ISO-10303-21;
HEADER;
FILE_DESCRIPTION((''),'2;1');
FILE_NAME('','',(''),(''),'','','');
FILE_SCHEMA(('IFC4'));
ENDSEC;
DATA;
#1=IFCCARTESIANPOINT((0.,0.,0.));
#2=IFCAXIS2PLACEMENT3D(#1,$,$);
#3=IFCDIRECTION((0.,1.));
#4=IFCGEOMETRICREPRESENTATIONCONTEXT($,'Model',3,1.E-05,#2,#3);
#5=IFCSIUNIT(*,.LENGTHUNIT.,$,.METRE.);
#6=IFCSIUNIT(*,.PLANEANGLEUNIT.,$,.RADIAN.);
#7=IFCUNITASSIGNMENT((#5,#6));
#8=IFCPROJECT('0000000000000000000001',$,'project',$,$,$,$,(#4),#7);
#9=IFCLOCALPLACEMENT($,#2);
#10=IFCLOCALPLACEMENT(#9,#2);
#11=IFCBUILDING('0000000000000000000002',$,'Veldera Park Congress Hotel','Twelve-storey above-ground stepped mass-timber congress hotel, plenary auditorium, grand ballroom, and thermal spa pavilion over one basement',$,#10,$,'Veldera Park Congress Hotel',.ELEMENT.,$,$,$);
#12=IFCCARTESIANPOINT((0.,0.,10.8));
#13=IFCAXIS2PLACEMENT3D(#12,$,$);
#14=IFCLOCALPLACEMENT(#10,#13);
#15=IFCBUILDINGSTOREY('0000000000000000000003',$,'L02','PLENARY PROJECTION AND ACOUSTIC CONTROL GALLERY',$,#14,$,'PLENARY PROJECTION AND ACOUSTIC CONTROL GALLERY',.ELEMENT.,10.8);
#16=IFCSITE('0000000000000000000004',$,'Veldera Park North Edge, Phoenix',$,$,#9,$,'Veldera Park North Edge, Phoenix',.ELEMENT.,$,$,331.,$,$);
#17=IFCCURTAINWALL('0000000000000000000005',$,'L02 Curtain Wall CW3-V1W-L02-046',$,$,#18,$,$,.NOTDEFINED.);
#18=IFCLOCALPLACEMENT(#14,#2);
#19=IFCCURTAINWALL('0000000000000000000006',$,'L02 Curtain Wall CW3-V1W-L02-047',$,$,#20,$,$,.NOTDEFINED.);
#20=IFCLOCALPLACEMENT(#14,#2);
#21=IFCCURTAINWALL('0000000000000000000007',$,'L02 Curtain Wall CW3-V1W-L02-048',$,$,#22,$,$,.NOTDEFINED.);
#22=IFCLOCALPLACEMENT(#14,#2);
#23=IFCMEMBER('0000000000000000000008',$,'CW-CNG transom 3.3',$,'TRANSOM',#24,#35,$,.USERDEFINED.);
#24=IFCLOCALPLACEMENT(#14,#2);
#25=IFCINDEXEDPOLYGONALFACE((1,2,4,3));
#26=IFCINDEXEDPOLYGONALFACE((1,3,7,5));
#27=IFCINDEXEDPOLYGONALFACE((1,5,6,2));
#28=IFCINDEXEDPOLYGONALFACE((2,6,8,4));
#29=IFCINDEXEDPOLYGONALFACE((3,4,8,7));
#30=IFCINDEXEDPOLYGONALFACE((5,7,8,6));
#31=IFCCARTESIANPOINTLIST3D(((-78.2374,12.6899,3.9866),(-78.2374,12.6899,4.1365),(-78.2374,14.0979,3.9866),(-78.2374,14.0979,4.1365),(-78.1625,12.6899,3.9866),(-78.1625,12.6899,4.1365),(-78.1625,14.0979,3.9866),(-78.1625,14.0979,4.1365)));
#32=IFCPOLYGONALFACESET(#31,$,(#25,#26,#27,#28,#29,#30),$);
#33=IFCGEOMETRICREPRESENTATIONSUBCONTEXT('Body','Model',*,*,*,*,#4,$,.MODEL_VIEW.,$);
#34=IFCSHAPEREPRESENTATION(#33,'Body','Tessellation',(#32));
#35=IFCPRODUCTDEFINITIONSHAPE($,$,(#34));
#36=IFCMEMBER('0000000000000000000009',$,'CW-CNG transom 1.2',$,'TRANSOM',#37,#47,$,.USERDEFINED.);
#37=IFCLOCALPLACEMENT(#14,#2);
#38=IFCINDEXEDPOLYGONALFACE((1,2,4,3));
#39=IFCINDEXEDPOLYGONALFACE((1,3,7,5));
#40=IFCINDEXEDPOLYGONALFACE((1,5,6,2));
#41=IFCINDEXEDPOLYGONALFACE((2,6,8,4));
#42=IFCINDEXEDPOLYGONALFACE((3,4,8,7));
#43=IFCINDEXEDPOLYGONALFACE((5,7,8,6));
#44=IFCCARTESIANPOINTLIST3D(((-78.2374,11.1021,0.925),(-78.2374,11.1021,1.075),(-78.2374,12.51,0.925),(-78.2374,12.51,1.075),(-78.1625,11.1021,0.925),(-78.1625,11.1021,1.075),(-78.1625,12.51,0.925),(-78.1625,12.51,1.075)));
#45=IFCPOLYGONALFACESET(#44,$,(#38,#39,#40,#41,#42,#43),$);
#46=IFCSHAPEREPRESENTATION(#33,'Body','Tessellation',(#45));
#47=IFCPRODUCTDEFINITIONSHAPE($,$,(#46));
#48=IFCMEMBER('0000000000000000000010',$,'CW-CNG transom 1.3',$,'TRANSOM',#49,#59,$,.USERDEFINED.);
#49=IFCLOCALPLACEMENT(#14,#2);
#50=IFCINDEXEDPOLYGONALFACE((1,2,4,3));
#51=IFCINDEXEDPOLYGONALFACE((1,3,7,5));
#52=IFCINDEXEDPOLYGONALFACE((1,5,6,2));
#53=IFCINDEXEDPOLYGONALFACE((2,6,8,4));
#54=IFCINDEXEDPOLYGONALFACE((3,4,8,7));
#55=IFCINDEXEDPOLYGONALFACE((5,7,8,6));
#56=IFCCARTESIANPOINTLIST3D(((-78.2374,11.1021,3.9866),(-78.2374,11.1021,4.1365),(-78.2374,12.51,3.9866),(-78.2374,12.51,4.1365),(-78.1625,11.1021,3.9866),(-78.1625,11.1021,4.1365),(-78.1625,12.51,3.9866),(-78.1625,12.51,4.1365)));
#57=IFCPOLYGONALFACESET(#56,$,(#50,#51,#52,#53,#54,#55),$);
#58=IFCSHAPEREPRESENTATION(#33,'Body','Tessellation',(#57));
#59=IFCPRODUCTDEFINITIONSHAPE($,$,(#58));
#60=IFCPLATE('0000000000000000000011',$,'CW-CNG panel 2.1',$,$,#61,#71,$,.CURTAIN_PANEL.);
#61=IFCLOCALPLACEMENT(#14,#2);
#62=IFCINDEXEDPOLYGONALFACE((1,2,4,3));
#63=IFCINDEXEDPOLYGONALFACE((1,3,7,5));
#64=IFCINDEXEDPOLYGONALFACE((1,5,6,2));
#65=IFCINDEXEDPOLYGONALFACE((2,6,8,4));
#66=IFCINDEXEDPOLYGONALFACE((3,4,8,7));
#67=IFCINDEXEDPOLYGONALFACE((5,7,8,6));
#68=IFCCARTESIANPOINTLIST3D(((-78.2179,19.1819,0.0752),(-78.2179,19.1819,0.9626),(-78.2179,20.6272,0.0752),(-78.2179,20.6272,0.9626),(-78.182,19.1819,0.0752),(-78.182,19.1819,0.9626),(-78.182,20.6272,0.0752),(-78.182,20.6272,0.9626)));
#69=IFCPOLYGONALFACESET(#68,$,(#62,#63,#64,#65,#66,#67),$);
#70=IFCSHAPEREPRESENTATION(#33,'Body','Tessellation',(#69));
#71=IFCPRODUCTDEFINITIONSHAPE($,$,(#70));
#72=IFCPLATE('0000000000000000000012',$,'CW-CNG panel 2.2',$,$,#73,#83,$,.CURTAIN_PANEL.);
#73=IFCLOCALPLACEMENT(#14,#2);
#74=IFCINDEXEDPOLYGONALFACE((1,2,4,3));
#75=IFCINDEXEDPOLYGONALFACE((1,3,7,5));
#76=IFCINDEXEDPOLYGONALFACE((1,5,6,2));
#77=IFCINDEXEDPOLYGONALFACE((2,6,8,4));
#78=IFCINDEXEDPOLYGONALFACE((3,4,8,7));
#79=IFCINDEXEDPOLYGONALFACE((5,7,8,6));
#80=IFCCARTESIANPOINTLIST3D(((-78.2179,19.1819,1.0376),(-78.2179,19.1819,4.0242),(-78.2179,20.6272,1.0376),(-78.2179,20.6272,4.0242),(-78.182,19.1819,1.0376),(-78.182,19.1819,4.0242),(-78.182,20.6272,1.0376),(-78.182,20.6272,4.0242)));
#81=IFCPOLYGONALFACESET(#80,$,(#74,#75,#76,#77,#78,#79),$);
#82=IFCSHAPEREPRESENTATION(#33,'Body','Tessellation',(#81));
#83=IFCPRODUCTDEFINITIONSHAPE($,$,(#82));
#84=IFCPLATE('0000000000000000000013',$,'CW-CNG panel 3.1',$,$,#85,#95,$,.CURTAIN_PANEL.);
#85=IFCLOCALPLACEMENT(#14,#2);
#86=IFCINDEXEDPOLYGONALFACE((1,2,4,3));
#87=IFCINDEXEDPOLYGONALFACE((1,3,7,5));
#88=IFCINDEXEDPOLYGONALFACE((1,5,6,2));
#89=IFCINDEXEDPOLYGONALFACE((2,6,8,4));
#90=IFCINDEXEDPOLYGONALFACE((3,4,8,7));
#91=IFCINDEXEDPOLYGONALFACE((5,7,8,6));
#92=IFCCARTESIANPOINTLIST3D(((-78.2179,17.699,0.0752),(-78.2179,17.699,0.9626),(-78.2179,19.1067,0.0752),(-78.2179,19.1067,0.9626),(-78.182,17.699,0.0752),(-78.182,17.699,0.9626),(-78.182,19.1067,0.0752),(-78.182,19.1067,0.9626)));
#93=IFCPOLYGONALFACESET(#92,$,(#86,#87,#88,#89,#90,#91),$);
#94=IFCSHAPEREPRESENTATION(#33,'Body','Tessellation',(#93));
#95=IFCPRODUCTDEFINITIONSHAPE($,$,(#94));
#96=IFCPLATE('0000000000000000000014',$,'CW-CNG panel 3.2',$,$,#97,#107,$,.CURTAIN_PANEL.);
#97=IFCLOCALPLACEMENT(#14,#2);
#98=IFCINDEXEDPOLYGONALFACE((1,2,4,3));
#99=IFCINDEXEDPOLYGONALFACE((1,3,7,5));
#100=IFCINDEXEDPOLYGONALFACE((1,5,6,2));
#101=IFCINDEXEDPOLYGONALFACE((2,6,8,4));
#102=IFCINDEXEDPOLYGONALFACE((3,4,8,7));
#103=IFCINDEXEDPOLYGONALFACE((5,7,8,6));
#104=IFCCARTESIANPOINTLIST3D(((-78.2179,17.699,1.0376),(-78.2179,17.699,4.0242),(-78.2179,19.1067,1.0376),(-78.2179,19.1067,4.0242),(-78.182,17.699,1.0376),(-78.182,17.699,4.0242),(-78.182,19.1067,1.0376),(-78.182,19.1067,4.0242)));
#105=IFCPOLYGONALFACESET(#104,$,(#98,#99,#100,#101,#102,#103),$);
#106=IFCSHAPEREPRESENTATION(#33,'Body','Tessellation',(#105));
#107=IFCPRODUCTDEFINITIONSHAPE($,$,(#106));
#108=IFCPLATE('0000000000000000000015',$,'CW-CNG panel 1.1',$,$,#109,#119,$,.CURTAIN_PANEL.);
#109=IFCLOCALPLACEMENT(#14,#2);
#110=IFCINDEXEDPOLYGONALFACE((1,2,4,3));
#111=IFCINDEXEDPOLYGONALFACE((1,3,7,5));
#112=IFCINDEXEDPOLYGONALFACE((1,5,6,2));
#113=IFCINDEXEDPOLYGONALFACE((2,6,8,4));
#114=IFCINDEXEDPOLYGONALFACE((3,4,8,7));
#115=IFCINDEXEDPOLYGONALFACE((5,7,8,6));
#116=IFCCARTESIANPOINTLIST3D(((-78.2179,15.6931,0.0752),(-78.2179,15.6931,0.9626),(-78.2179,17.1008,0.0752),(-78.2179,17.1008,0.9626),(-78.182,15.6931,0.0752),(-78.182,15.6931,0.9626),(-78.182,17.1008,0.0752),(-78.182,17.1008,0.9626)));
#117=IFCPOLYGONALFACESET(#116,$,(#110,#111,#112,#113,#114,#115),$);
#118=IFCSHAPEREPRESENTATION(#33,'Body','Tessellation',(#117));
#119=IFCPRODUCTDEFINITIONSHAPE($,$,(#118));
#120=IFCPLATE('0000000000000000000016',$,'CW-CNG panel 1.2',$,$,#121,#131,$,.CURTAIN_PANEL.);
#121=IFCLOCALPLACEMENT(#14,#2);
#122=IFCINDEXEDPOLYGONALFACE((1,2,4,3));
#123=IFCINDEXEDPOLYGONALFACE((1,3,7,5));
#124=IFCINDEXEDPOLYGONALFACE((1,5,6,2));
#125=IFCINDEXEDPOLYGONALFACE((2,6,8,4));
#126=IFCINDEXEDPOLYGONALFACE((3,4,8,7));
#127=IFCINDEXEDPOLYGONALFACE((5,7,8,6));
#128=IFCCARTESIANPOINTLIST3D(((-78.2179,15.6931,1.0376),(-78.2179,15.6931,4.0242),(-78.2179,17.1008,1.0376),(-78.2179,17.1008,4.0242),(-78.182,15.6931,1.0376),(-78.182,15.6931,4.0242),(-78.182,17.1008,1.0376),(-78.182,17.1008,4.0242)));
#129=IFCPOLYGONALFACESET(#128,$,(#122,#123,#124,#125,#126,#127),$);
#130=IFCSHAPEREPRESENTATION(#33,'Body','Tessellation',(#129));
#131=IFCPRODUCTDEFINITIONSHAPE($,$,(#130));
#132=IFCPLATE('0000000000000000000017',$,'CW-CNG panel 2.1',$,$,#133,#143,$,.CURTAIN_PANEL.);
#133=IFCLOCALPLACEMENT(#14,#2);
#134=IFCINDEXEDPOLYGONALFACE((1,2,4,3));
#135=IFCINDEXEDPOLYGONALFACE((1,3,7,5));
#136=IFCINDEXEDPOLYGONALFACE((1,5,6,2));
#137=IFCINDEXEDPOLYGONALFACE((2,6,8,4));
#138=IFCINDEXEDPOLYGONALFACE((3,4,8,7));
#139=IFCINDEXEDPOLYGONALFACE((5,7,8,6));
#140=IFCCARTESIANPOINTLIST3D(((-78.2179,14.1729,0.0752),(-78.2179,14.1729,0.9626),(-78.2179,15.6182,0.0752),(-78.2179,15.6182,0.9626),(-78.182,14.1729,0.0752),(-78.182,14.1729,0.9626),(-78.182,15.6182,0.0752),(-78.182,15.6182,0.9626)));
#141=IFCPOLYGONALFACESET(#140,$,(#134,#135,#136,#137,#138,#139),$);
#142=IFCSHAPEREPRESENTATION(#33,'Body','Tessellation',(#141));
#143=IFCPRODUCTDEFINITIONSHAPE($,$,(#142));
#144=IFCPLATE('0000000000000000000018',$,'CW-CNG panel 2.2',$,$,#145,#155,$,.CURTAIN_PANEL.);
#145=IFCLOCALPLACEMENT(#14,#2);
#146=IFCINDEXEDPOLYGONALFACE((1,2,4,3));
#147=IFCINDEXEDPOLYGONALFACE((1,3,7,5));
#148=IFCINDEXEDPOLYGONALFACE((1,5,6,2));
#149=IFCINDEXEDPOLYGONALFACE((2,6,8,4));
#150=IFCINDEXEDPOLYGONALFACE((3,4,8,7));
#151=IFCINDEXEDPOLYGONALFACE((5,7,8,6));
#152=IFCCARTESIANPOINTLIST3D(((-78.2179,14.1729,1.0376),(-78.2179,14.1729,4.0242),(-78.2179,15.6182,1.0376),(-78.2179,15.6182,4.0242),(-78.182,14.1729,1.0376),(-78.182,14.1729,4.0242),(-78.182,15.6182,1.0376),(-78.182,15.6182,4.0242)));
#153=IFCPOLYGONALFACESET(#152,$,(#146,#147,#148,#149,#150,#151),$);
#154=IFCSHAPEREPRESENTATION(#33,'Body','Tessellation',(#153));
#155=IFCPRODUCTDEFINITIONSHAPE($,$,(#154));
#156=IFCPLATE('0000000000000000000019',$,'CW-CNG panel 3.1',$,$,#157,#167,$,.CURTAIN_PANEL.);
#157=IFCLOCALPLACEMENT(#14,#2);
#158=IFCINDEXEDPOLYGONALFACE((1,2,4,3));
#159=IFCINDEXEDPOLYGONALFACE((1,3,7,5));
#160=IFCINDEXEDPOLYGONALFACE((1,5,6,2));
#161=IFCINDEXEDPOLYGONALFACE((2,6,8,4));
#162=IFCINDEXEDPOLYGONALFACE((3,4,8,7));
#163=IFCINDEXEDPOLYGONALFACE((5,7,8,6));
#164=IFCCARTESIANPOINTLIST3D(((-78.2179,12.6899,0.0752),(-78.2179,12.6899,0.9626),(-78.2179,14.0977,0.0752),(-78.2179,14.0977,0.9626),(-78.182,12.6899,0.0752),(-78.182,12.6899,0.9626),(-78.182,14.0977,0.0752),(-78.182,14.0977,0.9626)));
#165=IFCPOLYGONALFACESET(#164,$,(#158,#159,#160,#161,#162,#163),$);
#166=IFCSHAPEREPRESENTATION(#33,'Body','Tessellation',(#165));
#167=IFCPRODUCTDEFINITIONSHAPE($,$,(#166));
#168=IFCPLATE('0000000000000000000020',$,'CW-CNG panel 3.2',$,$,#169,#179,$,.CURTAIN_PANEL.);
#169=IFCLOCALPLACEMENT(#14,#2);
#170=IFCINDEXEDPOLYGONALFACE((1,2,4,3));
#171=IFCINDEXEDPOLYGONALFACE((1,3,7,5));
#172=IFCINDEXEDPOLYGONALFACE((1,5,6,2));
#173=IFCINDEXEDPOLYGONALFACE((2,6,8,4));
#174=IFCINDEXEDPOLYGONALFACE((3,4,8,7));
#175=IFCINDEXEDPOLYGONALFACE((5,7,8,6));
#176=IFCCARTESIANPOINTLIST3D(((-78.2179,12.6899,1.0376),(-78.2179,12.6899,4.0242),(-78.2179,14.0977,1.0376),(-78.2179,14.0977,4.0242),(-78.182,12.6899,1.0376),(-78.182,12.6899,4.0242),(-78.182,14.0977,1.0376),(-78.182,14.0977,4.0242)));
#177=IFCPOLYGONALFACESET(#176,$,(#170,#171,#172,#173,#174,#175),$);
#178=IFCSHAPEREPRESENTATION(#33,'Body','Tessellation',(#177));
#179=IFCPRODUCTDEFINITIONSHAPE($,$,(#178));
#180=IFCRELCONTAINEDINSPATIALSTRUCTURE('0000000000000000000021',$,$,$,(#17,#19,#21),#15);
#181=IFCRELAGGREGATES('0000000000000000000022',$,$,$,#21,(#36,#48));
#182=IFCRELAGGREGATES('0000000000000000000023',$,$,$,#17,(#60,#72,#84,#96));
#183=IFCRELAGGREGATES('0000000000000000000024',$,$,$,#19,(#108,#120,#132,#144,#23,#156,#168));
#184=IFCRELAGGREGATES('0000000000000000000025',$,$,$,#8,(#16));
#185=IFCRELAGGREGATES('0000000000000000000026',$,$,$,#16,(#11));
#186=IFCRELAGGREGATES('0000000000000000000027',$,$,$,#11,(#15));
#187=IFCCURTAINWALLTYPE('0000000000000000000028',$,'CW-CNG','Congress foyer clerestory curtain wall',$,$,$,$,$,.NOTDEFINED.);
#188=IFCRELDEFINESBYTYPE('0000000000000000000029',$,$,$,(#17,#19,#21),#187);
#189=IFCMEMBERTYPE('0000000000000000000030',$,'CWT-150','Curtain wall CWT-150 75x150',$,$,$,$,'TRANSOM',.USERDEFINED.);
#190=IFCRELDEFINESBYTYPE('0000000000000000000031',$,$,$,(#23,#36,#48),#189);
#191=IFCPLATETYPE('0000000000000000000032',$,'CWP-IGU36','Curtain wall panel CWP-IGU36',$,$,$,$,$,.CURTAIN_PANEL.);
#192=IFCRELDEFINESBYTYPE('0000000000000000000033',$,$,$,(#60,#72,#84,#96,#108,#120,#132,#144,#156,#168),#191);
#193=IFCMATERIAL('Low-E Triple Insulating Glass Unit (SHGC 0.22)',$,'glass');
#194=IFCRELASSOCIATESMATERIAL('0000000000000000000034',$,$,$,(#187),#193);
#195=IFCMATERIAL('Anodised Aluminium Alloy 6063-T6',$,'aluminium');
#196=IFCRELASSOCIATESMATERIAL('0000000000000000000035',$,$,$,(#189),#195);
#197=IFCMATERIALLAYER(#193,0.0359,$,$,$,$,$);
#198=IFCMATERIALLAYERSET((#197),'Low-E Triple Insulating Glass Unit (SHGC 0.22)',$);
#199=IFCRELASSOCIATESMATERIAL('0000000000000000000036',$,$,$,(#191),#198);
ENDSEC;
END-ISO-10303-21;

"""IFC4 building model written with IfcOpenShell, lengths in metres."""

from ifc_helpers import new_model, si_unit, direction, frame, origin, origin_2d, place, context, subcontext, project, spatial, rectangle, extrude, material, layer, layer_set, material_profile, profile_set, type_object, element, aggregate, save


model = new_model("IFC4")

# Units and contexts
model_context = context("Model", 3, precision=1e-05, world=origin(), true_north=direction((0.0, 1.0)))
body_context = subcontext(model_context, "Body", "Model", "MODEL_VIEW")
ifc_project = project(units=[si_unit("LENGTHUNIT", "METRE"), si_unit("PLANEANGLEUNIT", "RADIAN")], contexts=[model_context])

# Site, building, storey
site_placement = place(None, origin())
site = spatial("IfcSite", under=ifc_project, at=site_placement, Name="Veldera Park North Edge, Phoenix", LongName="Veldera Park North Edge, Phoenix", CompositionType="ELEMENT", RefElevation=331.0)
building_placement = place(site_placement, origin())
building = spatial("IfcBuilding", under=site, at=building_placement, Name="Veldera Park Congress Hotel", Description="Twelve-storey above-ground stepped mass-timber congress hotel, plenary auditorium, grand ballroom, and thermal spa pavilion over one basement", LongName="Veldera Park Congress Hotel", CompositionType="ELEMENT")
storey_placement = place(building_placement, frame((0.0, 0.0, 10.8)))
storey = spatial("IfcBuildingStorey", under=building, at=storey_placement, Name="L02", Description="PLENARY PROJECTION AND ACOUSTIC CONTROL GALLERY", LongName="PLENARY PROJECTION AND ACOUSTIC CONTROL GALLERY", CompositionType="ELEMENT", Elevation=10.8)

# Curtain walls
ifc_material_1 = material(Name="Low-E Triple Insulating Glass Unit (SHGC 0.22)", Category="glass")
curtain_wall_type = type_object("IfcCurtainWallType", Name="CW-CNG", Description="Congress foyer clerestory curtain wall", PredefinedType="NOTDEFINED", material=ifc_material_1)
curtain_wall_1_placement = place(storey_placement, origin())
curtain_wall_1 = element("IfcCurtainWall", 1, at=curtain_wall_1_placement, inside=storey, type_object=curtain_wall_type, Name="L02 Curtain Wall CW3-V1W-L02-046", PredefinedType="NOTDEFINED")
ifc_material_2 = material(Name="Anodised Aluminium Alloy 6063-T6", Category="aluminium")
curtain_wall_2_placement = place(storey_placement, origin())
curtain_wall_2 = element("IfcCurtainWall", 2, at=curtain_wall_2_placement, inside=storey, type_object=curtain_wall_type, Name="L02 Curtain Wall CW3-V1W-L02-047", PredefinedType="NOTDEFINED")

# Curtain wall
curtain_wall_3_placement = place(storey_placement, origin())
curtain_wall_3 = element("IfcCurtainWall", 3, at=curtain_wall_3_placement, inside=storey, type_object=curtain_wall_type, Name="L02 Curtain Wall CW3-V1W-L02-048", PredefinedType="NOTDEFINED")

# Members
ifc_material_profile_1 = material_profile(ifc_material_2, rectangle(XDim=0.075, YDim=0.1499, at=origin_2d()), Name="ALU 75x150")
ifc_profile_set_1 = profile_set([ifc_material_profile_1], Name="Anodised Aluminium Alloy 6063-T6")
member_type_1 = type_object("IfcMemberType", Name="CWT-150", Description="Curtain wall CWT-150 75x150", ElementType="TRANSOM", PredefinedType="USERDEFINED", material=ifc_profile_set_1)
member_1_placement = place(storey_placement, frame((-78.2, 14.0979, 4.0615), z_axis=(0.0, -1.0, 0.0), x_axis=(1.0, 0.0, 0.0)))
member_1 = element("IfcMember", 4, at=member_1_placement, type_object=member_type_1, Name="CW-CNG transom 3.3", ObjectType="TRANSOM", PredefinedType="USERDEFINED", context=body_context, shape_type="SweptSolid", body=[
    extrude(rectangle(XDim=0.075, YDim=0.1499, at=origin_2d()), origin(), (0.0, 0.0, 1.0), 1.408),
])
member_2_placement = place(storey_placement, frame((-78.2, 12.51, 1.0), z_axis=(0.0, -1.0, 0.0), x_axis=(1.0, 0.0, 0.0)))
member_2 = element("IfcMember", 5, at=member_2_placement, type_object=member_type_1, Name="CW-CNG transom 1.2", ObjectType="TRANSOM", PredefinedType="USERDEFINED", context=body_context, shape_type="SweptSolid", body=[
    extrude(rectangle(XDim=0.075, YDim=0.1499, at=origin_2d()), origin(), (0.0, 0.0, 1.0), 1.408),
])
member_3_placement = place(storey_placement, frame((-78.2, 12.51, 4.0615), z_axis=(0.0, -1.0, 0.0), x_axis=(1.0, 0.0, 0.0)))
member_3 = element("IfcMember", 6, at=member_3_placement, type_object=member_type_1, Name="CW-CNG transom 1.3", ObjectType="TRANSOM", PredefinedType="USERDEFINED", context=body_context, shape_type="SweptSolid", body=[
    extrude(rectangle(XDim=0.075, YDim=0.1499, at=origin_2d()), origin(), (0.0, 0.0, 1.0), 1.408),
])
aggregate(curtain_wall_3, [member_2, member_3])

# Plates
ifc_layer = layer(ifc_material_1, 0.0359)
ifc_layer_set = layer_set([ifc_layer], Name="Low-E Triple Insulating Glass Unit (SHGC 0.22)")
plate_type = type_object("IfcPlateType", Name="CWP-IGU36", Description="Curtain wall panel CWP-IGU36", PredefinedType="CURTAIN_PANEL", material=ifc_layer_set)
plate_1_placement = place(storey_placement, frame((-78.2, 19.9045, 0.0752), z_axis=(0.0, 0.0, 1.0), x_axis=(0.0, -1.0, 0.0)))
plate_1 = element("IfcPlate", 7, at=plate_1_placement, type_object=plate_type, Name="CW-CNG panel 2.1", PredefinedType="CURTAIN_PANEL", context=body_context, shape_type="SweptSolid", body=[
    extrude(rectangle(XDim=1.4453, YDim=0.0359, at=origin_2d()), origin(), (0.0, 0.0, 1.0), 0.8875),
])
plate_2_placement = place(storey_placement, frame((-78.2, 19.9045, 1.0376), z_axis=(0.0, 0.0, 1.0), x_axis=(0.0, -1.0, 0.0)))
plate_2 = element("IfcPlate", 8, at=plate_2_placement, type_object=plate_type, Name="CW-CNG panel 2.2", PredefinedType="CURTAIN_PANEL", context=body_context, shape_type="SweptSolid", body=[
    extrude(rectangle(XDim=1.4453, YDim=0.0359, at=origin_2d()), origin(), (0.0, 0.0, 1.0), 2.9866),
])
plate_3_placement = place(storey_placement, frame((-78.2, 18.4028, 0.0752), z_axis=(0.0, 0.0, 1.0), x_axis=(0.0, -1.0, 0.0)))
plate_3 = element("IfcPlate", 9, at=plate_3_placement, type_object=plate_type, Name="CW-CNG panel 3.1", PredefinedType="CURTAIN_PANEL", context=body_context, shape_type="SweptSolid", body=[
    extrude(rectangle(XDim=1.4077, YDim=0.0359, at=origin_2d()), origin(), (0.0, 0.0, 1.0), 0.8875),
])
plate_4_placement = place(storey_placement, frame((-78.2, 18.4028, 1.0376), z_axis=(0.0, 0.0, 1.0), x_axis=(0.0, -1.0, 0.0)))
plate_4 = element("IfcPlate", 10, at=plate_4_placement, type_object=plate_type, Name="CW-CNG panel 3.2", PredefinedType="CURTAIN_PANEL", context=body_context, shape_type="SweptSolid", body=[
    extrude(rectangle(XDim=1.4077, YDim=0.0359, at=origin_2d()), origin(), (0.0, 0.0, 1.0), 2.9866),
])
aggregate(curtain_wall_1, [plate_1, plate_2, plate_3, plate_4])
plate_5_placement = place(storey_placement, frame((-78.2, 16.397, 0.0752), z_axis=(0.0, 0.0, 1.0), x_axis=(0.0, -1.0, 0.0)))
plate_5 = element("IfcPlate", 11, at=plate_5_placement, type_object=plate_type, Name="CW-CNG panel 1.1", PredefinedType="CURTAIN_PANEL", context=body_context, shape_type="SweptSolid", body=[
    extrude(rectangle(XDim=1.4077, YDim=0.0359, at=origin_2d()), origin(), (0.0, 0.0, 1.0), 0.8875),
])
plate_6_placement = place(storey_placement, frame((-78.2, 16.397, 1.0376), z_axis=(0.0, 0.0, 1.0), x_axis=(0.0, -1.0, 0.0)))
plate_6 = element("IfcPlate", 12, at=plate_6_placement, type_object=plate_type, Name="CW-CNG panel 1.2", PredefinedType="CURTAIN_PANEL", context=body_context, shape_type="SweptSolid", body=[
    extrude(rectangle(XDim=1.4077, YDim=0.0359, at=origin_2d()), origin(), (0.0, 0.0, 1.0), 2.9866),
])
plate_7_placement = place(storey_placement, frame((-78.2, 14.8955, 0.0752), z_axis=(0.0, 0.0, 1.0), x_axis=(0.0, -1.0, 0.0)))
plate_7 = element("IfcPlate", 13, at=plate_7_placement, type_object=plate_type, Name="CW-CNG panel 2.1", PredefinedType="CURTAIN_PANEL", context=body_context, shape_type="SweptSolid", body=[
    extrude(rectangle(XDim=1.4453, YDim=0.0359, at=origin_2d()), origin(), (0.0, 0.0, 1.0), 0.8875),
])
plate_8_placement = place(storey_placement, frame((-78.2, 14.8955, 1.0376), z_axis=(0.0, 0.0, 1.0), x_axis=(0.0, -1.0, 0.0)))
plate_8 = element("IfcPlate", 14, at=plate_8_placement, type_object=plate_type, Name="CW-CNG panel 2.2", PredefinedType="CURTAIN_PANEL", context=body_context, shape_type="SweptSolid", body=[
    extrude(rectangle(XDim=1.4453, YDim=0.0359, at=origin_2d()), origin(), (0.0, 0.0, 1.0), 2.9866),
])
plate_9_placement = place(storey_placement, frame((-78.2, 13.3938, 0.0752), z_axis=(0.0, 0.0, 1.0), x_axis=(0.0, -1.0, 0.0)))
plate_9 = element("IfcPlate", 15, at=plate_9_placement, type_object=plate_type, Name="CW-CNG panel 3.1", PredefinedType="CURTAIN_PANEL", context=body_context, shape_type="SweptSolid", body=[
    extrude(rectangle(XDim=1.4077, YDim=0.0359, at=origin_2d()), origin(), (0.0, 0.0, 1.0), 0.8875),
])
plate_10_placement = place(storey_placement, frame((-78.2, 13.3938, 1.0376), z_axis=(0.0, 0.0, 1.0), x_axis=(0.0, -1.0, 0.0)))
plate_10 = element("IfcPlate", 16, at=plate_10_placement, type_object=plate_type, Name="CW-CNG panel 3.2", PredefinedType="CURTAIN_PANEL", context=body_context, shape_type="SweptSolid", body=[
    extrude(rectangle(XDim=1.4077, YDim=0.0359, at=origin_2d()), origin(), (0.0, 0.0, 1.0), 2.9866),
])
aggregate(curtain_wall_2, [plate_5, plate_6, plate_7, plate_8, member_1, plate_9, plate_10])

save(model, "model.ifc")
